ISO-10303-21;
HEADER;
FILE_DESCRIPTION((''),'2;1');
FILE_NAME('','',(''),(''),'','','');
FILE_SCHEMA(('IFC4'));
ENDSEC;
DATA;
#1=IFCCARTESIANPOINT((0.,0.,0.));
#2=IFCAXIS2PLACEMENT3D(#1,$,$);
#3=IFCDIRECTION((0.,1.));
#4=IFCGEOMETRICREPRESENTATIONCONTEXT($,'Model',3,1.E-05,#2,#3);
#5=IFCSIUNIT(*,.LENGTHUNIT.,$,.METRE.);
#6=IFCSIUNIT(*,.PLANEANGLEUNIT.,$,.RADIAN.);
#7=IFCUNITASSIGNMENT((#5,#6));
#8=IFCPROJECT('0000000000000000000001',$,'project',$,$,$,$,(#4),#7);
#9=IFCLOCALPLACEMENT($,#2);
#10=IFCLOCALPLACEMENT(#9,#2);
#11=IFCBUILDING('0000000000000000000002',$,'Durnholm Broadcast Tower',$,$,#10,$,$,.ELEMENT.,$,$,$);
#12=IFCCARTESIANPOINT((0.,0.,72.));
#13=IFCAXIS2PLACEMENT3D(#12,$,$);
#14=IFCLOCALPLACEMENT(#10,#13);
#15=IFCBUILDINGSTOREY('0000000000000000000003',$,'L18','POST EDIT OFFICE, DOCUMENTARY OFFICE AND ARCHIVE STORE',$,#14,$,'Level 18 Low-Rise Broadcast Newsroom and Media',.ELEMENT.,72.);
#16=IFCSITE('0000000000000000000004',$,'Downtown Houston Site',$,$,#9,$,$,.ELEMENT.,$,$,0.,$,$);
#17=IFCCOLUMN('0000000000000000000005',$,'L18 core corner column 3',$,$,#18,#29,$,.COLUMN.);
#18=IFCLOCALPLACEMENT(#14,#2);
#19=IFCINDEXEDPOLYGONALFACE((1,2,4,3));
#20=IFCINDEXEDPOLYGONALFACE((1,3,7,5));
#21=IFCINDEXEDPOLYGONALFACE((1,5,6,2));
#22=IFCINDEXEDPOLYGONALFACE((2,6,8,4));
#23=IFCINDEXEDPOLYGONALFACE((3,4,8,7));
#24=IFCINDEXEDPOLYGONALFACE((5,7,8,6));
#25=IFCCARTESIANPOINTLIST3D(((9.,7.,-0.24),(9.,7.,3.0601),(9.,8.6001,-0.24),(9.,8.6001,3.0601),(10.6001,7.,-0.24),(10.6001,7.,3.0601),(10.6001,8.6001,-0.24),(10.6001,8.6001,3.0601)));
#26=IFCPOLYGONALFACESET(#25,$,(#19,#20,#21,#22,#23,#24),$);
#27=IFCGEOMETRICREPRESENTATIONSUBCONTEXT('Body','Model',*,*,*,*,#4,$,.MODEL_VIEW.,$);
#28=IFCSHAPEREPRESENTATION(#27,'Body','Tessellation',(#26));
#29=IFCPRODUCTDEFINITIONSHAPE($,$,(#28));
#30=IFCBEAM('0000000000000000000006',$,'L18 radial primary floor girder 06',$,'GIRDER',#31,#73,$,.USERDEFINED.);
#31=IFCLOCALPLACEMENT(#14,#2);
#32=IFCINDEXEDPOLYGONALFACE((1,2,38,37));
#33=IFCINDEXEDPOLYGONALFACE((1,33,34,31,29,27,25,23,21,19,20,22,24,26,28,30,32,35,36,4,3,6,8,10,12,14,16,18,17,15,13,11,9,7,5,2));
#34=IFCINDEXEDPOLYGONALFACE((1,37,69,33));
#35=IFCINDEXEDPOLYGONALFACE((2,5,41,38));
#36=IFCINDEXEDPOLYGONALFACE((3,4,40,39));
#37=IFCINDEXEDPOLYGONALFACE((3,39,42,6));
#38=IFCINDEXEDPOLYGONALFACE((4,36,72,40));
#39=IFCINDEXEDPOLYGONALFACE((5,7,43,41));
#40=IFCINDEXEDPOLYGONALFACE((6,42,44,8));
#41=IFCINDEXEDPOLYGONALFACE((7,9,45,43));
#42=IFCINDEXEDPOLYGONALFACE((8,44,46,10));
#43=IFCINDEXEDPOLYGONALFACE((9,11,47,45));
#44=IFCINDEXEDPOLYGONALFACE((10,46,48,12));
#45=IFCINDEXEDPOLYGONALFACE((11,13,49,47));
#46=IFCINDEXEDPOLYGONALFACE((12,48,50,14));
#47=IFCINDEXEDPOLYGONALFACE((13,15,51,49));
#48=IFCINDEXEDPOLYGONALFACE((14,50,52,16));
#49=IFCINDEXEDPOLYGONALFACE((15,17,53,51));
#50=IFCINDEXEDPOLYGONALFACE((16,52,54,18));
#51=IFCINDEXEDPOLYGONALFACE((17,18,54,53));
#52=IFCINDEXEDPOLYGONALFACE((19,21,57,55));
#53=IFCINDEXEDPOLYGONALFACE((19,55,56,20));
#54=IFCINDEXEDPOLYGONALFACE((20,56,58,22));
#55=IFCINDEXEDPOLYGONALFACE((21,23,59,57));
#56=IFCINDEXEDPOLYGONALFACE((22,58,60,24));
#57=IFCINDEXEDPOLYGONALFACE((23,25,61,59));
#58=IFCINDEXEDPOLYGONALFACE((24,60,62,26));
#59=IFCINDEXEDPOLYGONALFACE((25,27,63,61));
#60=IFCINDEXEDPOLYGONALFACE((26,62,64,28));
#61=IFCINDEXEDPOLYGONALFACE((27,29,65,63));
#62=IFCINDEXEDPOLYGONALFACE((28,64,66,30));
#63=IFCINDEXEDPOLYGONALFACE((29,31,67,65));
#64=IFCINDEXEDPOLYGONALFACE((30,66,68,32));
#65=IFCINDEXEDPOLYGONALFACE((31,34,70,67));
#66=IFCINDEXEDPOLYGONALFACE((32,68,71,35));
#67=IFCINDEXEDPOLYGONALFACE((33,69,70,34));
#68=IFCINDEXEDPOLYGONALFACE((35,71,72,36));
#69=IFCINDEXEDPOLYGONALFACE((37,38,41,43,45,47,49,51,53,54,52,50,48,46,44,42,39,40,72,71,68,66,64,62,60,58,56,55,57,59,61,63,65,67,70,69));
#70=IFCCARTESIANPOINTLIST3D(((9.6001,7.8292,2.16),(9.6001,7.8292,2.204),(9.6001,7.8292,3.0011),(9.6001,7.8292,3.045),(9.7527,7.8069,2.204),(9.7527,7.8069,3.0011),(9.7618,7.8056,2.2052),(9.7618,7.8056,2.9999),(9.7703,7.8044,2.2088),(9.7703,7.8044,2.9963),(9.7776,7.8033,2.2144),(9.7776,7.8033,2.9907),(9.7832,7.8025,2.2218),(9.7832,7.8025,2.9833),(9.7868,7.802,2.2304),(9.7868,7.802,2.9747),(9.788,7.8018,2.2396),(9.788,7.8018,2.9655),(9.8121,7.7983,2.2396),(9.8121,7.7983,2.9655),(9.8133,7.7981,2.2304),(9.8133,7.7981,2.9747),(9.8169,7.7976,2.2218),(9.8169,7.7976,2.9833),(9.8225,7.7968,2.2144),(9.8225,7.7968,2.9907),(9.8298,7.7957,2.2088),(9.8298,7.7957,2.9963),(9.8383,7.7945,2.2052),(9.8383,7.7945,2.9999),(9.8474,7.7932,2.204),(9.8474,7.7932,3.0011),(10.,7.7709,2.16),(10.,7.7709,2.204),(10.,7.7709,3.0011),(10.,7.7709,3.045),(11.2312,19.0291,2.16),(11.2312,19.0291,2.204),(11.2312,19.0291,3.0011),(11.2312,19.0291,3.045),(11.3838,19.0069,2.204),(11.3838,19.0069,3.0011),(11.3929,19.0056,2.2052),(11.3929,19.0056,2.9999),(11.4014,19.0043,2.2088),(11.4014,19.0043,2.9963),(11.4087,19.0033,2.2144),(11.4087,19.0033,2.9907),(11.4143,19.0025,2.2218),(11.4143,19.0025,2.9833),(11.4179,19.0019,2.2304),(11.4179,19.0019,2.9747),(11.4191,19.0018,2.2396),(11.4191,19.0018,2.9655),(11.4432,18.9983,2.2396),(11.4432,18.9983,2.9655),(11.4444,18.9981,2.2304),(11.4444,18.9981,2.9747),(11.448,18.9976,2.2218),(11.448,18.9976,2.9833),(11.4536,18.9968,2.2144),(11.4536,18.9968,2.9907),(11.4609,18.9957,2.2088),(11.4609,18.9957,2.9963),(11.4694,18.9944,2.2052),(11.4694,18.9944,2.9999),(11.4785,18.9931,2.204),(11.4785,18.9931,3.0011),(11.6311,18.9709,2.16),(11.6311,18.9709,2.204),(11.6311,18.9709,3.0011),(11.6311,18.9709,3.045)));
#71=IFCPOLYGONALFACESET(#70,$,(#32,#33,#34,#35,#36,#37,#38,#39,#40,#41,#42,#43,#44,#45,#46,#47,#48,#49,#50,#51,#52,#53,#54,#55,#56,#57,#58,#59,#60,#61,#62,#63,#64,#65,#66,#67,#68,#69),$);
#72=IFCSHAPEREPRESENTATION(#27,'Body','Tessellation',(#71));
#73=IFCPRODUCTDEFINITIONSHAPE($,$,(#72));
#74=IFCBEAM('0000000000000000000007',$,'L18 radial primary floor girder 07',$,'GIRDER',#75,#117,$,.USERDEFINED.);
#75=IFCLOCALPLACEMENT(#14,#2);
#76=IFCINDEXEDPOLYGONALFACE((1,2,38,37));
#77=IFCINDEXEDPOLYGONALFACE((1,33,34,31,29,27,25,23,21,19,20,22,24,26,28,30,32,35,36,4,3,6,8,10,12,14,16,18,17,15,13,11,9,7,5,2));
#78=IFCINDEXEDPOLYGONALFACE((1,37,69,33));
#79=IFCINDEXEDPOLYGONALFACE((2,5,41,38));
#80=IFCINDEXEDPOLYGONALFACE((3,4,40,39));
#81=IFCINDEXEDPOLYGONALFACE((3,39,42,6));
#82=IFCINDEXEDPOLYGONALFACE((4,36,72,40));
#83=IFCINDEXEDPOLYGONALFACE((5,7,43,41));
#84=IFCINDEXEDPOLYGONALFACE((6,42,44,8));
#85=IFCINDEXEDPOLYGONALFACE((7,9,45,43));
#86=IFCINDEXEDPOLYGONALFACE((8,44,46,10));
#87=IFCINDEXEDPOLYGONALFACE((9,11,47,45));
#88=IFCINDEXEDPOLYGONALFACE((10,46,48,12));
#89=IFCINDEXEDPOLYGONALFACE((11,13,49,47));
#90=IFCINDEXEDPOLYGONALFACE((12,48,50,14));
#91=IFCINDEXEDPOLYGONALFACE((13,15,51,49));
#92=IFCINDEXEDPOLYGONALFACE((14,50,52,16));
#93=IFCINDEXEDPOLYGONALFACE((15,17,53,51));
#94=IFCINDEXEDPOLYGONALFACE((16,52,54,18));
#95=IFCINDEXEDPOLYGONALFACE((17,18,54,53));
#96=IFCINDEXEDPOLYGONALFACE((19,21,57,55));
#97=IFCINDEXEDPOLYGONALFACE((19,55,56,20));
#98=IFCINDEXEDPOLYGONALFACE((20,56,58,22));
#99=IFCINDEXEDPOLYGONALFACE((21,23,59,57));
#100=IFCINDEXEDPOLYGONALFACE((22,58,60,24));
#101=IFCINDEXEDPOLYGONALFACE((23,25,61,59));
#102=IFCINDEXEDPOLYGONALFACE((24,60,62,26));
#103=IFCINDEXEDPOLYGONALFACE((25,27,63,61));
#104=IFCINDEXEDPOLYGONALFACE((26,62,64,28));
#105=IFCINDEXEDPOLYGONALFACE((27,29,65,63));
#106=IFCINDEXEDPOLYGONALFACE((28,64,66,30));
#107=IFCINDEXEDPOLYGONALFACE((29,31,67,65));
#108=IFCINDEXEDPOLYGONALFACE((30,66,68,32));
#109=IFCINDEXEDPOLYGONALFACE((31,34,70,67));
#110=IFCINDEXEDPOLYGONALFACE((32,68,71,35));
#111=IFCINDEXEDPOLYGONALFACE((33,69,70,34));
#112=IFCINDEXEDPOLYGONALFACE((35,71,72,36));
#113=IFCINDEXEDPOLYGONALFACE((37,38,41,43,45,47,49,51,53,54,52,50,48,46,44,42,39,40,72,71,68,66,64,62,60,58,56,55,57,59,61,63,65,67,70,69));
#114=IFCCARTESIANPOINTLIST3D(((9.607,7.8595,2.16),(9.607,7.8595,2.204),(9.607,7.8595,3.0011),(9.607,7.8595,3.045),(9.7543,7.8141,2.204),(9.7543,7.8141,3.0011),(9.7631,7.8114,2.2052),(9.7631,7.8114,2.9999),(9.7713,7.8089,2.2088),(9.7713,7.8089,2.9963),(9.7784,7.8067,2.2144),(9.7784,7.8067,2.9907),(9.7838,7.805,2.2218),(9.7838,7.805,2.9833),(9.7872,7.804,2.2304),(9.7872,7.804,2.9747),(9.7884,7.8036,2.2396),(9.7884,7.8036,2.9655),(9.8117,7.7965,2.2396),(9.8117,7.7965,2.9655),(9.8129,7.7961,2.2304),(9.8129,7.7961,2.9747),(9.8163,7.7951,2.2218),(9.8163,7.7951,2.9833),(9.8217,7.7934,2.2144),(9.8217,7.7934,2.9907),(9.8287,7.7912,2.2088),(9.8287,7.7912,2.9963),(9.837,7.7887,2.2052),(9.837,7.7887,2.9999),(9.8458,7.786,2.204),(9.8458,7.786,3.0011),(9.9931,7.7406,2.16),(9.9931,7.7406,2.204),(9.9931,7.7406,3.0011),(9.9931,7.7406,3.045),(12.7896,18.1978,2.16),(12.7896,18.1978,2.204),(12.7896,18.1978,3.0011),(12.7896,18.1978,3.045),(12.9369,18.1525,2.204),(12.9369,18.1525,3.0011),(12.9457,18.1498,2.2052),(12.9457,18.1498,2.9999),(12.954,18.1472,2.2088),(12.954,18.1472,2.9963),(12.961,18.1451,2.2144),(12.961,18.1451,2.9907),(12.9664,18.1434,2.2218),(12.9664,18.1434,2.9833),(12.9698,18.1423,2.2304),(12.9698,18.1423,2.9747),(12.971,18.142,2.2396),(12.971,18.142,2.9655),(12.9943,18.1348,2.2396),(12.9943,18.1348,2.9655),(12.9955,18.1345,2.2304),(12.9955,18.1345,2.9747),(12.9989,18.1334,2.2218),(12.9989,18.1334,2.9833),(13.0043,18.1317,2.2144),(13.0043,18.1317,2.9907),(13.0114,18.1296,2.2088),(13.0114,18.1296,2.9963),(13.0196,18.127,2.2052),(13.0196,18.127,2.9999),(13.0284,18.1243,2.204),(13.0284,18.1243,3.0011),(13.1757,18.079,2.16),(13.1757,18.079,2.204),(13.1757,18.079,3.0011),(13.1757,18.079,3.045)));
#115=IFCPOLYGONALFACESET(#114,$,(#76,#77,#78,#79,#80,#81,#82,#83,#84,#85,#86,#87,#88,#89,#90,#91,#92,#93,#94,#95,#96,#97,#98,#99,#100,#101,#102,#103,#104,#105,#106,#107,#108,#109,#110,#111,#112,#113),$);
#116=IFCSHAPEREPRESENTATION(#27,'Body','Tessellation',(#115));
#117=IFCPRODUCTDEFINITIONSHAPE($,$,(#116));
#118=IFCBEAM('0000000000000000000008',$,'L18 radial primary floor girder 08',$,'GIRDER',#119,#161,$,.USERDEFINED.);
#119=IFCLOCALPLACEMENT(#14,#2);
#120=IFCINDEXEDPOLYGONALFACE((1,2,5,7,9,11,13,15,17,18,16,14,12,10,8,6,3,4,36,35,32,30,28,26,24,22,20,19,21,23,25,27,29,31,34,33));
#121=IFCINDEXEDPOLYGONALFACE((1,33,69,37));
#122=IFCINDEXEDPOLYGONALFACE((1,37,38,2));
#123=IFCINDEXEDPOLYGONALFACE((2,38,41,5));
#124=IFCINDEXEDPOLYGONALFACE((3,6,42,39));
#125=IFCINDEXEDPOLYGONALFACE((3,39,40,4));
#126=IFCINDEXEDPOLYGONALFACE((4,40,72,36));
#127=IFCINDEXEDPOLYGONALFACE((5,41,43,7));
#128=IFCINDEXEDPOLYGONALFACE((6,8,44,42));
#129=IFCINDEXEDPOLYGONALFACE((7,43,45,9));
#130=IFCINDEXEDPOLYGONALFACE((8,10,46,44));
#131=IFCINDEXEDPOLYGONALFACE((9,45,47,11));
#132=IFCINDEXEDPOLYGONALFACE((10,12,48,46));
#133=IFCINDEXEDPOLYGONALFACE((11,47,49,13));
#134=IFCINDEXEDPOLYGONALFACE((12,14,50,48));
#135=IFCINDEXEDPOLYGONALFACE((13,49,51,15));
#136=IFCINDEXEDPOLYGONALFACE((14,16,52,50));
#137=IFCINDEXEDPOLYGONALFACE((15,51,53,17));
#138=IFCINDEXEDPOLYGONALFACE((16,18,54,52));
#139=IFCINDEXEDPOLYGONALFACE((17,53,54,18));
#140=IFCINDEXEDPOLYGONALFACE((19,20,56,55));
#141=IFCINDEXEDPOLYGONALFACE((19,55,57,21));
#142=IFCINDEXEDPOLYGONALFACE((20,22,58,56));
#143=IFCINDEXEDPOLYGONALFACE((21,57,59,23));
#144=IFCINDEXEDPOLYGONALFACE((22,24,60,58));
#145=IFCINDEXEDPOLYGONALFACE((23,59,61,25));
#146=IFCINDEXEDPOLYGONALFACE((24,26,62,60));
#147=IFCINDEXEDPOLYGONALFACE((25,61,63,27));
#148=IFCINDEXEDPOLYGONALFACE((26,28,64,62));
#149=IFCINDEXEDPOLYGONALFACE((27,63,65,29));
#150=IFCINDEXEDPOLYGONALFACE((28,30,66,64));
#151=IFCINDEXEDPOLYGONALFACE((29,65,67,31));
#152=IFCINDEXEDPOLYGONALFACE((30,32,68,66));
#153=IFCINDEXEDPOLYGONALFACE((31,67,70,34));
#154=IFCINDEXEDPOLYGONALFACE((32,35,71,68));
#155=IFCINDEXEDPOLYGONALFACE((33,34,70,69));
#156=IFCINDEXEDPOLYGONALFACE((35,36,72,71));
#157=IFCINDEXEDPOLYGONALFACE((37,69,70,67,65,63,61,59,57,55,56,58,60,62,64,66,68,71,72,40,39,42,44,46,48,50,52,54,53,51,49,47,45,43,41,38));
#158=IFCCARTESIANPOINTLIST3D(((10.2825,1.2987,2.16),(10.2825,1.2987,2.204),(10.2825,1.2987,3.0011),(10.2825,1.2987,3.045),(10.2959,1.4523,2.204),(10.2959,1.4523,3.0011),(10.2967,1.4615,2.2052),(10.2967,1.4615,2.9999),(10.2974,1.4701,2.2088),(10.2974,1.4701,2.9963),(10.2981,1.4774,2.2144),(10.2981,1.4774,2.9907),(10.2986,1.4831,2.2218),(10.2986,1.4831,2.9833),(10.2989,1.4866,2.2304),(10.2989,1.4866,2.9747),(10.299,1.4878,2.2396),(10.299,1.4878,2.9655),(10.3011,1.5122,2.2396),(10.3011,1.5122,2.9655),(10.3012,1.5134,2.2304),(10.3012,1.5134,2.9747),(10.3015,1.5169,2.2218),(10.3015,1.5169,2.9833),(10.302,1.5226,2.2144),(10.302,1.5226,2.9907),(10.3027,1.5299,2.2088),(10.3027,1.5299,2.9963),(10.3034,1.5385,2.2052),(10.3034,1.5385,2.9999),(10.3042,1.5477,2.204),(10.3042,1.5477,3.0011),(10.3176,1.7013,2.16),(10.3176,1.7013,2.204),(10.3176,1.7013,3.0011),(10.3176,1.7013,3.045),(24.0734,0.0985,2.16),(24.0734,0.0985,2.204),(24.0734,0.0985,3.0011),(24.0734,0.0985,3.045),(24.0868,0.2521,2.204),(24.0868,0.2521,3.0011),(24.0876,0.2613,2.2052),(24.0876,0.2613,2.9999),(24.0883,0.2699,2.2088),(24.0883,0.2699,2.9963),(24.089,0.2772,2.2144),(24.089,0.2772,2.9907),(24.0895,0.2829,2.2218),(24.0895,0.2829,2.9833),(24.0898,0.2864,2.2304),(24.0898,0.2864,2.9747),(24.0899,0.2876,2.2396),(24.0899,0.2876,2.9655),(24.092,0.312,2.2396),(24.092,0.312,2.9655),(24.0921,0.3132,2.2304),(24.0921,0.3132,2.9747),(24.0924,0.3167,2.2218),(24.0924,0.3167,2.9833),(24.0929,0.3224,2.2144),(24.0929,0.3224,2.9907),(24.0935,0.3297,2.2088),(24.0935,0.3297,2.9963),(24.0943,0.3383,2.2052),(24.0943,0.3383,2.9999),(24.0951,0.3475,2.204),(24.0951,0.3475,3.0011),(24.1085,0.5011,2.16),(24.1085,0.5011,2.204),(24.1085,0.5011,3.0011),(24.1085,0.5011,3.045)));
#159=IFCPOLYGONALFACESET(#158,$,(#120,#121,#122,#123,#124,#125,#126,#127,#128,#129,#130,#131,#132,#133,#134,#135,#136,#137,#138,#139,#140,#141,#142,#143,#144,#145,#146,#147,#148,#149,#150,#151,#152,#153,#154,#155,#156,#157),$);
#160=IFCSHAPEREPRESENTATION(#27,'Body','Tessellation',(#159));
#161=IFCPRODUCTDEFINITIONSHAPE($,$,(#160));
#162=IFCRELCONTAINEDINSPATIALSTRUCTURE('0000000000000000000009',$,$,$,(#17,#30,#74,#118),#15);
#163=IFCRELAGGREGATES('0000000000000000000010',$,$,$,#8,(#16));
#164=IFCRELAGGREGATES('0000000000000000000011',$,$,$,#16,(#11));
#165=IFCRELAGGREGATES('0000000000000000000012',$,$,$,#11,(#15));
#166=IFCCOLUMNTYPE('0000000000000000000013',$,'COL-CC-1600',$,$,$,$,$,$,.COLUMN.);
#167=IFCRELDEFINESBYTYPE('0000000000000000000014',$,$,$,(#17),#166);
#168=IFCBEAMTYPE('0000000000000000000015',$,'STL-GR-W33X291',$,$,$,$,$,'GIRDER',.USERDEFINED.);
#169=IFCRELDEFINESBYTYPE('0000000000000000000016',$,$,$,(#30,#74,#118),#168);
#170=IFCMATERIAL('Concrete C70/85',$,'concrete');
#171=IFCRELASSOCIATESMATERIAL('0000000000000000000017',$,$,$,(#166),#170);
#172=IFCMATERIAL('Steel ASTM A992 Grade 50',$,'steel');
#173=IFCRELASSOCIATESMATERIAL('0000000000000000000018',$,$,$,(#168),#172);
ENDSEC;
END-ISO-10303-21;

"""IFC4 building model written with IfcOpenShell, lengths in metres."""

from ifc_helpers import new_model, si_unit, direction, frame, origin, origin_2d, place, context, subcontext, project, spatial, rectangle, i_section, extrude, source, transform, mapped, material, material_profile, profile_set, type_object, type_shapes, element, save


model = new_model("IFC4")

# Units and contexts
model_context = context("Model", 3, precision=1e-05, world=origin(), true_north=direction((0.0, 1.0)))
body_context = subcontext(model_context, "Body", "Model", "MODEL_VIEW")
ifc_project = project(units=[si_unit("LENGTHUNIT", "METRE"), si_unit("PLANEANGLEUNIT", "RADIAN")], contexts=[model_context])

# Site, building, storey
site_placement = place(None, origin())
site = spatial("IfcSite", under=ifc_project, at=site_placement, Name="Downtown Houston Site", CompositionType="ELEMENT", RefElevation=0.0)
building_placement = place(site_placement, origin())
building = spatial("IfcBuilding", under=site, at=building_placement, Name="Durnholm Broadcast Tower", CompositionType="ELEMENT")
storey_placement = place(building_placement, frame((0.0, 0.0, 72.0)))
storey = spatial("IfcBuildingStorey", under=building, at=storey_placement, Name="L18", Description="POST EDIT OFFICE, DOCUMENTARY OFFICE AND ARCHIVE STORE", LongName="Level 18 Low-Rise Broadcast Newsroom and Media", CompositionType="ELEMENT", Elevation=72.0)

# Column
ifc_material_1 = material(Name="Concrete C70/85", Category="concrete")
ifc_material_profile_1 = material_profile(ifc_material_1, rectangle(XDim=1.6001, YDim=1.6001, at=origin_2d()), Name="RC1600X1600")
ifc_profile_set_1 = profile_set([ifc_material_profile_1], Name="Concrete C70/85")
column_type = type_object("IfcColumnType", Name="COL-CC-1600", PredefinedType="COLUMN", material=ifc_profile_set_1)
shared_shape_1 = source(origin(), body_context, "Body", "SweptSolid", [
    extrude(rectangle(XDim=1.6001, YDim=1.6001, at=origin_2d()), origin(), (0.0, 0.0, 1.0), 3.3),
])
type_shapes(column_type, [shared_shape_1])
column_placement = place(storey_placement, frame((9.8, 7.8, -0.24), z_axis=(0.0, 0.0, 1.0), x_axis=(1.0, 0.0, 0.0)))
element("IfcColumn", 1, at=column_placement, inside=storey, type_object=column_type, Name="L18 core corner column 3", PredefinedType="COLUMN", context=body_context, shape_type="MappedRepresentation", body=[
    mapped(shared_shape_1, transform((0.0, 0.0, 0.0), x_axis=(1.0, 0.0, 0.0), y_axis=(0.0, 1.0, 0.0), z_axis=(0.0, 0.0, 1.0), scale=1.0)),
])

# Beams
ifc_material_2 = material(Name="Steel ASTM A992 Grade 50", Category="steel")
ifc_material_profile_2 = material_profile(ifc_material_2, i_section(OverallWidth=0.4041, OverallDepth=0.885, WebThickness=0.0244, FlangeThickness=0.0439, FilletRadius=0.0356, at=origin_2d()), Name="W33X291")
ifc_profile_set_2 = profile_set([ifc_material_profile_2], Name="Steel ASTM A992 Grade 50")
beam_type_1 = type_object("IfcBeamType", Name="STL-GR-W33X291", ElementType="GIRDER", PredefinedType="USERDEFINED", material=ifc_profile_set_2)
shared_shape_2 = source(origin(), body_context, "Body", "SweptSolid", [
    extrude(i_section(OverallWidth=0.4041, OverallDepth=0.885, WebThickness=0.0244, FlangeThickness=0.0439, FilletRadius=0.0356, at=origin_2d()), origin(), (0.0, 0.0, 1.0), 11.3181),
])
beam_1_placement = place(storey_placement, frame((9.8, 7.8, 2.6025), z_axis=(0.144115, 0.989561, 0.0), x_axis=(-0.989561, 0.144115, 0.0)))
element("IfcBeam", 2, at=beam_1_placement, inside=storey, type_object=beam_type_1, Name="L18 radial primary floor girder 06", ObjectType="GIRDER", PredefinedType="USERDEFINED", context=body_context, shape_type="MappedRepresentation", body=[
    mapped(shared_shape_2, transform((0.0, 0.0, 0.0), x_axis=(1.0, 0.0, 0.0), y_axis=(0.0, 1.0, 0.0), z_axis=(0.0, 0.0, 1.0), scale=1.0)),
])
shared_shape_3 = source(origin(), body_context, "Body", "SweptSolid", [
    extrude(i_section(OverallWidth=0.4041, OverallDepth=0.885, WebThickness=0.0244, FlangeThickness=0.0439, FilletRadius=0.0356, at=origin_2d()), origin(), (0.0, 0.0, 1.0), 10.8171),
])
beam_2_placement = place(storey_placement, frame((9.8, 7.8, 2.6025), z_axis=(0.294219, 0.955738, 0.0), x_axis=(-0.955738, 0.294219, 0.0)))
element("IfcBeam", 3, at=beam_2_placement, inside=storey, type_object=beam_type_1, Name="L18 radial primary floor girder 07", ObjectType="GIRDER", PredefinedType="USERDEFINED", context=body_context, shape_type="MappedRepresentation", body=[
    mapped(shared_shape_3, transform((0.0, 0.0, 0.0), x_axis=(1.0, 0.0, 0.0), y_axis=(0.0, 1.0, 0.0), z_axis=(0.0, 0.0, 1.0), scale=1.0)),
])
shared_shape_4 = source(origin(), body_context, "Body", "SweptSolid", [
    extrude(i_section(OverallWidth=0.4041, OverallDepth=0.885, WebThickness=0.0244, FlangeThickness=0.0439, FilletRadius=0.0356, at=origin_2d()), origin(), (0.0, 0.0, 1.0), 13.843),
])
beam_3_placement = place(storey_placement, frame((10.3, 1.5, 2.6025), z_axis=(0.996234, -0.086701, 0.0), x_axis=(0.086701, 0.996234, 0.0)))
element("IfcBeam", 4, at=beam_3_placement, inside=storey, type_object=beam_type_1, Name="L18 radial primary floor girder 08", ObjectType="GIRDER", PredefinedType="USERDEFINED", context=body_context, shape_type="MappedRepresentation", body=[
    mapped(shared_shape_4, transform((0.0, 0.0, 0.0), x_axis=(1.0, 0.0, 0.0), y_axis=(0.0, 1.0, 0.0), z_axis=(0.0, 0.0, 1.0), scale=1.0)),
])

save(model, "model.ifc")
